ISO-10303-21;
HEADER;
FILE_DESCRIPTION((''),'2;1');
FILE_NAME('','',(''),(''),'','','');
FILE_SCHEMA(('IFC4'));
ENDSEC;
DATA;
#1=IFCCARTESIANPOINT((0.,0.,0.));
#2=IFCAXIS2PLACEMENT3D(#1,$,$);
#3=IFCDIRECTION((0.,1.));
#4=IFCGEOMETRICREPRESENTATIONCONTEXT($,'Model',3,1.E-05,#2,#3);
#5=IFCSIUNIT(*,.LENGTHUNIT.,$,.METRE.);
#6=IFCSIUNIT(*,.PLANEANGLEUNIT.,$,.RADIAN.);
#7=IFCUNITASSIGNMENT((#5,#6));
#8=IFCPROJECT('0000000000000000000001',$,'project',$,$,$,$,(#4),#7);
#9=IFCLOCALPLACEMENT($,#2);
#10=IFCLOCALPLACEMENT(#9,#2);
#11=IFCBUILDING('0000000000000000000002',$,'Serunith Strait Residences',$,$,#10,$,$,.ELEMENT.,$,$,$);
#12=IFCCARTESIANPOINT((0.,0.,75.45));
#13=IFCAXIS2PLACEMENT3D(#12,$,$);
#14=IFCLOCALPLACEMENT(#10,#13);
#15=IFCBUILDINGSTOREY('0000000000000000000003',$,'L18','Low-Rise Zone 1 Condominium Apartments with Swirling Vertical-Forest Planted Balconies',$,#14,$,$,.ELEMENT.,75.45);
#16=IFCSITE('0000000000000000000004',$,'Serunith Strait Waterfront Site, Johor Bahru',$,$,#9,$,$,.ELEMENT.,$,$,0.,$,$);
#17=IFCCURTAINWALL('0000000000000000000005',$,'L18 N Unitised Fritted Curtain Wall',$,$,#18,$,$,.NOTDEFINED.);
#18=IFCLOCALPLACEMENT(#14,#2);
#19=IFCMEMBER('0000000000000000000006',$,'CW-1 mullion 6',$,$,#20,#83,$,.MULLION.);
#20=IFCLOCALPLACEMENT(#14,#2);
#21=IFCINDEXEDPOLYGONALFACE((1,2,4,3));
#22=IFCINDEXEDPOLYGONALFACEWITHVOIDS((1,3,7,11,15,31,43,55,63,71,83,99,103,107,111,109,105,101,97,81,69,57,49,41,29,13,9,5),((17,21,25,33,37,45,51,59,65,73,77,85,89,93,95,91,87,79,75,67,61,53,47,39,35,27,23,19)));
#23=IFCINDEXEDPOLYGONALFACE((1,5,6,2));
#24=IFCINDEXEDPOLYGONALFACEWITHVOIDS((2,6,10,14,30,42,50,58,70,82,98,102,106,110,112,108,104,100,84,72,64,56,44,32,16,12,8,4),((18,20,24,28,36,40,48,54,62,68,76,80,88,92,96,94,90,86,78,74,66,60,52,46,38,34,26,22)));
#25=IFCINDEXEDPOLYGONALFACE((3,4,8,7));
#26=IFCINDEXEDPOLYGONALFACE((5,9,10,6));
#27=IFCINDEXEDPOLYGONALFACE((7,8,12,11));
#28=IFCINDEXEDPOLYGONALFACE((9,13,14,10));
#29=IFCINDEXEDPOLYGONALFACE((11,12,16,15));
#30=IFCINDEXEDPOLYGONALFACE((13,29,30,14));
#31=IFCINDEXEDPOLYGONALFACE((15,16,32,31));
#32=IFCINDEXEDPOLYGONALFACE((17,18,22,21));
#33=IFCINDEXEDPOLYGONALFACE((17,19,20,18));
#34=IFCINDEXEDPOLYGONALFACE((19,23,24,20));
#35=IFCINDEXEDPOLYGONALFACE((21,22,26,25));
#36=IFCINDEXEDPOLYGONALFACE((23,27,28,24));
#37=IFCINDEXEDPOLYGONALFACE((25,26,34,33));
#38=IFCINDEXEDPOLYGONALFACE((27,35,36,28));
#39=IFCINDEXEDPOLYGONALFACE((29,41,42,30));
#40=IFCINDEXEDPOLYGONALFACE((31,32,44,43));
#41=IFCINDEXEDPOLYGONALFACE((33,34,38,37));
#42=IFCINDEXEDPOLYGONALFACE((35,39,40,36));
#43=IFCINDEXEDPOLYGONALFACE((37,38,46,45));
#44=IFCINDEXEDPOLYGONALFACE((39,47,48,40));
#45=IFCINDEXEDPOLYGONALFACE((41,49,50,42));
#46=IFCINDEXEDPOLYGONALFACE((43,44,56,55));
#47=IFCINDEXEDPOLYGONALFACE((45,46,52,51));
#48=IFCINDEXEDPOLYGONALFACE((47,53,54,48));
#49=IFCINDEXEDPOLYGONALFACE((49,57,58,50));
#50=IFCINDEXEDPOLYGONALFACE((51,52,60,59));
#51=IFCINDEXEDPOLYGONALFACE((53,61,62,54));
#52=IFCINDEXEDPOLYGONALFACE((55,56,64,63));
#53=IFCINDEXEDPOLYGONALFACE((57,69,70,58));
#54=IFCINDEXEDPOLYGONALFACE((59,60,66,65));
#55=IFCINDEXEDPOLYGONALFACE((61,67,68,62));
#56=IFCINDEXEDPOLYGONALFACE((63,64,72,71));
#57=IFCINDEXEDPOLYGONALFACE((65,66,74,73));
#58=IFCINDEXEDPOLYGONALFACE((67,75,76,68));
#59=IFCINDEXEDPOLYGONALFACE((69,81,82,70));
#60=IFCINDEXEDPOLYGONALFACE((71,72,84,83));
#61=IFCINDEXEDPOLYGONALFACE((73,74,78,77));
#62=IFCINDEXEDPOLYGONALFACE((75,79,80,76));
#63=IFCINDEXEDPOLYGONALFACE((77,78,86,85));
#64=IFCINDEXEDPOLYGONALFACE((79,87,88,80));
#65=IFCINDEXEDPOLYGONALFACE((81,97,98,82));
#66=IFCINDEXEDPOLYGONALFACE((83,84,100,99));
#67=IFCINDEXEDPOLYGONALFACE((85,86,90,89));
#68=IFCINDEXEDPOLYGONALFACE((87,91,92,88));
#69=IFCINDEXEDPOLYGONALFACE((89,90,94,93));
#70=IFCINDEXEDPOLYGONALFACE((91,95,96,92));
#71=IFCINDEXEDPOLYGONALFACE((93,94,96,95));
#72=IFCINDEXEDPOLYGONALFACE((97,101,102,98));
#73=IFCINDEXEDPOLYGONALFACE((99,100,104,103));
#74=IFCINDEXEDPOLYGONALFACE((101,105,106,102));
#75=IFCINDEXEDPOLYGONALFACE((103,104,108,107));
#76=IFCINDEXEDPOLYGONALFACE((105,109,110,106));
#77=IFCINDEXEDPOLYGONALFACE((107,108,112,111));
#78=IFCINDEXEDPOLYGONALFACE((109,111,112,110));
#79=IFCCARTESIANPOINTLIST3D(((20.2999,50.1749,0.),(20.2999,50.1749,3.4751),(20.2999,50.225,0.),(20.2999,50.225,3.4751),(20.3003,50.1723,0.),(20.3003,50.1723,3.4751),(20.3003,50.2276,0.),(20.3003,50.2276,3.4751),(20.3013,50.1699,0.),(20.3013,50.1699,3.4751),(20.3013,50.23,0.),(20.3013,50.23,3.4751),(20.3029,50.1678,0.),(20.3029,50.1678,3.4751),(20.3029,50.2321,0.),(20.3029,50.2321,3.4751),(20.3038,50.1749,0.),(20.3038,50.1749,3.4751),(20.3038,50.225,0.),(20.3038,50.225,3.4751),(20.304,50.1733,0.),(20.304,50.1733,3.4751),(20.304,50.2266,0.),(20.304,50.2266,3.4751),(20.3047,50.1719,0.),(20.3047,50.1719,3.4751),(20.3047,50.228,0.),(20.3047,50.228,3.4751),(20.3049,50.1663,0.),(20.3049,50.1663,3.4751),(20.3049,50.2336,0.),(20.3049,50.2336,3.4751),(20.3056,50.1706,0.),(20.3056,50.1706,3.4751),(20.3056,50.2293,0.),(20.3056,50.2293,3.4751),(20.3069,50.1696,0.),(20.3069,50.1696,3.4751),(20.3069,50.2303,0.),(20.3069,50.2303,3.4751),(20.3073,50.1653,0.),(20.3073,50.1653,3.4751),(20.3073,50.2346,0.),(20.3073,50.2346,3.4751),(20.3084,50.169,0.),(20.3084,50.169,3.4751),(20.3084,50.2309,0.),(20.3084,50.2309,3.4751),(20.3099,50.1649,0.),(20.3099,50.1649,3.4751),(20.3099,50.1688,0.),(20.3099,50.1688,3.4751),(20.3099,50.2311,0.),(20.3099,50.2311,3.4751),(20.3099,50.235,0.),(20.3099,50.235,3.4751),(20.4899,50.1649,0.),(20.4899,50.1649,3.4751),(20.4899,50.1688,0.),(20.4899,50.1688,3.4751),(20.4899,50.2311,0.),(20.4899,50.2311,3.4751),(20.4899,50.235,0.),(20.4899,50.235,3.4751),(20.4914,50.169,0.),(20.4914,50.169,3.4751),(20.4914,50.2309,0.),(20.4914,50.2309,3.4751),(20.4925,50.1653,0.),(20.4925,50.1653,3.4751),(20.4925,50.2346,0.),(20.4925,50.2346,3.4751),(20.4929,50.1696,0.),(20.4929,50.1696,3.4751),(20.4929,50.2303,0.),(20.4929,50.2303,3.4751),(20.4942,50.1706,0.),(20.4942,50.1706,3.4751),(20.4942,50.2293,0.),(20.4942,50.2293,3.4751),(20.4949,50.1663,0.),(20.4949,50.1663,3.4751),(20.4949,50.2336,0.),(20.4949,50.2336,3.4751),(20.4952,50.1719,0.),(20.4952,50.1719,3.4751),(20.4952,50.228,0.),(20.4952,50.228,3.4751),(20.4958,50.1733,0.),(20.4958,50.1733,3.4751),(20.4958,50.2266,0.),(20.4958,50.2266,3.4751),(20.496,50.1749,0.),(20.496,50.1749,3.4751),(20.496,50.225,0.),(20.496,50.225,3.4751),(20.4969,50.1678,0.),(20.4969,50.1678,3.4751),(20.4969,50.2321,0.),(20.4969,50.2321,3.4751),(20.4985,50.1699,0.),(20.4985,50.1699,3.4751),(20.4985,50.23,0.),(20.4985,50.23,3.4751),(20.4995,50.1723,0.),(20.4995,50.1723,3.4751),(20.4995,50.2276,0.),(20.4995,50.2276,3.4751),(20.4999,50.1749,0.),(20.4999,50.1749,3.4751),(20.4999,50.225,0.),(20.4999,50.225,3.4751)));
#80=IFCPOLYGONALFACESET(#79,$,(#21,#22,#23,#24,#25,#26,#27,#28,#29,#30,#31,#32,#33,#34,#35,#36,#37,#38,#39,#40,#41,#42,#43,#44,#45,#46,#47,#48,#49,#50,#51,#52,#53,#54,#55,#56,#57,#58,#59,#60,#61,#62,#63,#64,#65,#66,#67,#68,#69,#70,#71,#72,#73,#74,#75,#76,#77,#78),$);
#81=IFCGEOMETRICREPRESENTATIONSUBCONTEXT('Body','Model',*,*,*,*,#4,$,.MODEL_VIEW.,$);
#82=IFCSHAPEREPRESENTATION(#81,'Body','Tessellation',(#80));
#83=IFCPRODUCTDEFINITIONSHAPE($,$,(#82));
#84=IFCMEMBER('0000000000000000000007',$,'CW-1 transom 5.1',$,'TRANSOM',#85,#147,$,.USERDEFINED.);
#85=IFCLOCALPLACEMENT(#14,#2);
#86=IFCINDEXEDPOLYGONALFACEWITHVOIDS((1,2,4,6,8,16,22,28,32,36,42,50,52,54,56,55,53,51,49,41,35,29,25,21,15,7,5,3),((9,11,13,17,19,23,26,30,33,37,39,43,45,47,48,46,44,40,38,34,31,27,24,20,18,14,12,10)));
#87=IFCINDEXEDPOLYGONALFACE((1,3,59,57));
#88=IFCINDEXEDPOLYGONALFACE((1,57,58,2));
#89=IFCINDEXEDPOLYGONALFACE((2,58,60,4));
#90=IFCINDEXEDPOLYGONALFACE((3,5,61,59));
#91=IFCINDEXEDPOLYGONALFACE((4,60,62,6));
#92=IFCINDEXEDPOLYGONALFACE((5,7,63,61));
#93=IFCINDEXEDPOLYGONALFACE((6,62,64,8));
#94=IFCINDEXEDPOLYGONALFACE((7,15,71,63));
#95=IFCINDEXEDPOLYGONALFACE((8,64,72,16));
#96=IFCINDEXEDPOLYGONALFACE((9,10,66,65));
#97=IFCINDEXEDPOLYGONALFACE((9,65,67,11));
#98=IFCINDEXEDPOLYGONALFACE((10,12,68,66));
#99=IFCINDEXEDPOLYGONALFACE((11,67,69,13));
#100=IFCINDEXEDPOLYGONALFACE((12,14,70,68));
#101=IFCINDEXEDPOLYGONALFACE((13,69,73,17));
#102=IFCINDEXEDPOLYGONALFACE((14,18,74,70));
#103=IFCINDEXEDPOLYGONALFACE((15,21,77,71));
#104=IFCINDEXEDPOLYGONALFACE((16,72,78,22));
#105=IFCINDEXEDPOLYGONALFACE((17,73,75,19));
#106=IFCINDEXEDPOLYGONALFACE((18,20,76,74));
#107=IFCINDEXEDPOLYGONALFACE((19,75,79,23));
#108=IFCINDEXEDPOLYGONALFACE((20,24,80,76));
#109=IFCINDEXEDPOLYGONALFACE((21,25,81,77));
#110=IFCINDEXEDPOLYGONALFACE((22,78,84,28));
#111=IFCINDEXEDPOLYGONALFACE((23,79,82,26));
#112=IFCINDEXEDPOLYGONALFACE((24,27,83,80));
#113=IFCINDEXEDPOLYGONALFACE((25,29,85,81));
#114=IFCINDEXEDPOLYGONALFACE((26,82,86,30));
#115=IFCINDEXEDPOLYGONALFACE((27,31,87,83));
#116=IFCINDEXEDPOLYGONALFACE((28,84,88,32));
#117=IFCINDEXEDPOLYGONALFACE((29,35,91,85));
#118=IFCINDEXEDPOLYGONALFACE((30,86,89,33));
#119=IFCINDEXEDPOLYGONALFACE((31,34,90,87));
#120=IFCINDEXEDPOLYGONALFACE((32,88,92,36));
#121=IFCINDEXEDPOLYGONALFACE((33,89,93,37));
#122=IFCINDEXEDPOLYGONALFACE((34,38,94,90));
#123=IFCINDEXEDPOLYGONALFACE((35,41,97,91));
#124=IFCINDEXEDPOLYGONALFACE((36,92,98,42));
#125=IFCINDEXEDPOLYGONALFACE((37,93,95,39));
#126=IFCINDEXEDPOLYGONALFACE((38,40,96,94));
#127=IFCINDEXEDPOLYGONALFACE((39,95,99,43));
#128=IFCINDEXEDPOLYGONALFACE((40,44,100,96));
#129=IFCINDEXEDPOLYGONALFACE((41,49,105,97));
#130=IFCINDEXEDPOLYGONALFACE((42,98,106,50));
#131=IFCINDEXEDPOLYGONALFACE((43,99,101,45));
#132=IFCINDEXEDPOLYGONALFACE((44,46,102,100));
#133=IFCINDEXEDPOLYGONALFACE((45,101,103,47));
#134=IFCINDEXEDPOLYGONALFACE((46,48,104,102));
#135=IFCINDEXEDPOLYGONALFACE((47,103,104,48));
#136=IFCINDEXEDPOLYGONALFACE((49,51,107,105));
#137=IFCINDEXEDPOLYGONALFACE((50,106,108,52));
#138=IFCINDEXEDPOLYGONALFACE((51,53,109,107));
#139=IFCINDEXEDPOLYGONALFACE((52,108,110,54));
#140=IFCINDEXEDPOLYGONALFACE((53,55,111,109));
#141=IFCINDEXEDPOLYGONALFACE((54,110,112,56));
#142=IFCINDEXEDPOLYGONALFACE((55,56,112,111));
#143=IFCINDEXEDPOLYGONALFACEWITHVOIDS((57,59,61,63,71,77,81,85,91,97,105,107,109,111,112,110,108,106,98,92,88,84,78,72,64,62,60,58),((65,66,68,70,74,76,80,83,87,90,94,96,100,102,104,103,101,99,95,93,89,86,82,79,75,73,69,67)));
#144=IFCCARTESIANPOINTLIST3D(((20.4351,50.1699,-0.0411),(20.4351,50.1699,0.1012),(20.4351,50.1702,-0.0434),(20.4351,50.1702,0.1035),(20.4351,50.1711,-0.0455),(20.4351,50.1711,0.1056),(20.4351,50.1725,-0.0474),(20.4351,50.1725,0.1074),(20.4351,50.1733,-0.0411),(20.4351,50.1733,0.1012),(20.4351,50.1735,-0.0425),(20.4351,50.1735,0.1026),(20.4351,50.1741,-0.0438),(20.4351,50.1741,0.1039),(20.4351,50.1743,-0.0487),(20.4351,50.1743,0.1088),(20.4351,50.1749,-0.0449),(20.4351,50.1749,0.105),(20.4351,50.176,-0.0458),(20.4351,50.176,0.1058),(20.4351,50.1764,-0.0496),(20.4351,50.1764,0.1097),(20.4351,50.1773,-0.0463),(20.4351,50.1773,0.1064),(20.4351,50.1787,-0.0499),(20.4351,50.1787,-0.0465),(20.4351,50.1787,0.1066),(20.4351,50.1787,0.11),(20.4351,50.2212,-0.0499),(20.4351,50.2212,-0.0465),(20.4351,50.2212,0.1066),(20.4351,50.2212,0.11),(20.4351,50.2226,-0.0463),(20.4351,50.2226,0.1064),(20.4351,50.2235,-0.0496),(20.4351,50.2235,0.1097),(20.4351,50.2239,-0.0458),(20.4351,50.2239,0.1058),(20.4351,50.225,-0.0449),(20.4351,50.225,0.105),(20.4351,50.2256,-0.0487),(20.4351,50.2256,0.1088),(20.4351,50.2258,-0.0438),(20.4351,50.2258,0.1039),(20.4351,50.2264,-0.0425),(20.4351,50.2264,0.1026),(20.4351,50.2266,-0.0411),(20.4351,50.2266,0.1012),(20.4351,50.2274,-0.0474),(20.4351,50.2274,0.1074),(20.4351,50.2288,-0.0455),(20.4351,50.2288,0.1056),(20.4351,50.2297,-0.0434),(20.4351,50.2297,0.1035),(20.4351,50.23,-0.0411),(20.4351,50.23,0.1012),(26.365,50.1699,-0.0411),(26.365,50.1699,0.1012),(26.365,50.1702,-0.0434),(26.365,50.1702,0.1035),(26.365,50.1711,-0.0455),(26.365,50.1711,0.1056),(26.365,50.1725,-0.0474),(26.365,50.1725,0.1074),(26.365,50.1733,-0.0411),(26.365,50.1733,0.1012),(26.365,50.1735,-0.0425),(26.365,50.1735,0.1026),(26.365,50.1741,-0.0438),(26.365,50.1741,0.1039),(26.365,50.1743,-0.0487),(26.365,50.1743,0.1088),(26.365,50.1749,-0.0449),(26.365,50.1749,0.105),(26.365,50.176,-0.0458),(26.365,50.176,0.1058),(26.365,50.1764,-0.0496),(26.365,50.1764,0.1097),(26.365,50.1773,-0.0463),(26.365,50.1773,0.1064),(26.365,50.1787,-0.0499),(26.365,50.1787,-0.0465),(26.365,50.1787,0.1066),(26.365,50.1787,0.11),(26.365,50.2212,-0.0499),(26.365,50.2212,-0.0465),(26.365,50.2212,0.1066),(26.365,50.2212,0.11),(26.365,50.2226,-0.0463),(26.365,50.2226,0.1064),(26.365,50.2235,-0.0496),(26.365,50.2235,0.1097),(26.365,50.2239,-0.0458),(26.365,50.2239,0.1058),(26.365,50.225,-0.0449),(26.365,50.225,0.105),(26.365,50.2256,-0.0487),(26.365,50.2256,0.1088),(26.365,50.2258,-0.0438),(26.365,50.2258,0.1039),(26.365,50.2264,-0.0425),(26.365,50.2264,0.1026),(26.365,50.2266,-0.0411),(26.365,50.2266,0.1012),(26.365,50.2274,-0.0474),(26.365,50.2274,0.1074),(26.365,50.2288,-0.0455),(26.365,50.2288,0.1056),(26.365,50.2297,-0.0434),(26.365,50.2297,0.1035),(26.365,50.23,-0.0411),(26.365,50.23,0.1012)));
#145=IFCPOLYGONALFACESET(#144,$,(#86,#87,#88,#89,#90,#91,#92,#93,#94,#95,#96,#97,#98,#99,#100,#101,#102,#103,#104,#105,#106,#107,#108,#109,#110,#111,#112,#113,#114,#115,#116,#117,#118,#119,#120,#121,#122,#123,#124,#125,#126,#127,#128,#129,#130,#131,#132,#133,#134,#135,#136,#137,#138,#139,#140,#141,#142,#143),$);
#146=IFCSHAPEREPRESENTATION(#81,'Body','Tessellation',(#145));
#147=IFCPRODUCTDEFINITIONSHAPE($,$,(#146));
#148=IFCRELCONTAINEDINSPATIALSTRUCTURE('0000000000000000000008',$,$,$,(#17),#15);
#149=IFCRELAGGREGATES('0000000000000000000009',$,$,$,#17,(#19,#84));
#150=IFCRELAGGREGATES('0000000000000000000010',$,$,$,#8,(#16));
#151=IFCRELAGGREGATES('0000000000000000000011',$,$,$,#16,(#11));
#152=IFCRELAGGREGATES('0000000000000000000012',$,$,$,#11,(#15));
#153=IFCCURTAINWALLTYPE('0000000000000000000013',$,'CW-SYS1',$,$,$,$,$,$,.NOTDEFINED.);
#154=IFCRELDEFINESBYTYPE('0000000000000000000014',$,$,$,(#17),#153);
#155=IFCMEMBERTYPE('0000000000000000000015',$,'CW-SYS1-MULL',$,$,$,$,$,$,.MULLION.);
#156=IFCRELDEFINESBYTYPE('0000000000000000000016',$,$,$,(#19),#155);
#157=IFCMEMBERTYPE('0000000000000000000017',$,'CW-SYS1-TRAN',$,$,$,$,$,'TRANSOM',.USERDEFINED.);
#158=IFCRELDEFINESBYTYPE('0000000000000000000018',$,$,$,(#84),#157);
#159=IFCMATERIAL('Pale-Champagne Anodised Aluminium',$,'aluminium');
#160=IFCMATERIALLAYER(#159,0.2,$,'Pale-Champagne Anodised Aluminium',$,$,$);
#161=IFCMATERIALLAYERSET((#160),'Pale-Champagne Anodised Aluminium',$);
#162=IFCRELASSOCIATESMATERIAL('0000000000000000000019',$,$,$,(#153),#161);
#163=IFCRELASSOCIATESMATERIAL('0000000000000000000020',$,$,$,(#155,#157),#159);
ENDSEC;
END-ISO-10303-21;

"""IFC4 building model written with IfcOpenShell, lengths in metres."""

from ifc_helpers import new_model, si_unit, direction, frame, origin, origin_2d, place, context, subcontext, project, spatial, hollow_rectangle, extrude, source, transform, mapped, material, layer, layer_set, material_profile, profile_set, type_object, element, aggregate, save


model = new_model("IFC4")

# Units and contexts
model_context = context("Model", 3, precision=1e-05, world=origin(), true_north=direction((0.0, 1.0)))
body_context = subcontext(model_context, "Body", "Model", "MODEL_VIEW")
ifc_project = project(units=[si_unit("LENGTHUNIT", "METRE"), si_unit("PLANEANGLEUNIT", "RADIAN")], contexts=[model_context])

# Site, building, storey
site_placement = place(None, origin())
site = spatial("IfcSite", under=ifc_project, at=site_placement, Name="Serunith Strait Waterfront Site, Johor Bahru", CompositionType="ELEMENT", RefElevation=0.0)
building_placement = place(site_placement, origin())
building = spatial("IfcBuilding", under=site, at=building_placement, Name="Serunith Strait Residences", CompositionType="ELEMENT")
storey_placement = place(building_placement, frame((0.0, 0.0, 75.45)))
storey = spatial("IfcBuildingStorey", under=building, at=storey_placement, Name="L18", Description="Low-Rise Zone 1 Condominium Apartments with Swirling Vertical-Forest Planted Balconies", CompositionType="ELEMENT", Elevation=75.45)

# Curtain wall, members
ifc_material_1 = material(Name="Pale-Champagne Anodised Aluminium", Category="aluminium")
ifc_layer_1 = layer(ifc_material_1, 0.2, Name="Pale-Champagne Anodised Aluminium")
ifc_layer_set_1 = layer_set([ifc_layer_1], Name="Pale-Champagne Anodised Aluminium")
curtain_wall_type = type_object("IfcCurtainWallType", Name="CW-SYS1", PredefinedType="NOTDEFINED", material=ifc_layer_set_1)
curtain_wall_placement = place(storey_placement, origin())
curtain_wall = element("IfcCurtainWall", 1, at=curtain_wall_placement, inside=storey, type_object=curtain_wall_type, Name="L18 N Unitised Fritted Curtain Wall", PredefinedType="NOTDEFINED")
ifc_material_profile_1 = material_profile(ifc_material_1, hollow_rectangle(XDim=0.0701, YDim=0.2, WallThickness=0.0039, InnerFilletRadius=0.0061, OuterFilletRadius=0.01, at=origin_2d()), Name="ALU 200x70x4")
ifc_profile_set_1 = profile_set([ifc_material_profile_1], Name="Pale-Champagne Anodised Aluminium")
member_type_1 = type_object("IfcMemberType", Name="CW-SYS1-MULL", PredefinedType="MULLION", material=ifc_profile_set_1)
shared_shape_1 = source(origin(), body_context, "Body", "SweptSolid", [
    extrude(hollow_rectangle(XDim=0.0701, YDim=0.2, WallThickness=0.0039, InnerFilletRadius=0.0061, OuterFilletRadius=0.01, at=origin_2d()), origin(), (0.0, 0.0, 1.0), 3.4751),
])
member_1_placement = place(storey_placement, frame((20.3999, 50.2, 0.0), z_axis=(0.0, 0.0, 1.0), x_axis=(0.0, -1.0, 0.0)))
member_1 = element("IfcMember", 2, at=member_1_placement, type_object=member_type_1, Name="CW-1 mullion 6", PredefinedType="MULLION", context=body_context, shape_type="MappedRepresentation", body=[
    mapped(shared_shape_1, transform((0.0, 0.0, 0.0), scale=1.0)),
])
ifc_material_profile_2 = material_profile(ifc_material_1, hollow_rectangle(XDim=0.0601, YDim=0.1599, WallThickness=0.0034, InnerFilletRadius=0.0054, OuterFilletRadius=0.0088, at=origin_2d()), Name="ALU 160x60x3.5")
ifc_profile_set_2 = profile_set([ifc_material_profile_2], Name="Pale-Champagne Anodised Aluminium")
member_type_2 = type_object("IfcMemberType", Name="CW-SYS1-TRAN", ElementType="TRANSOM", PredefinedType="USERDEFINED", material=ifc_profile_set_2)
shared_shape_2 = source(origin(), body_context, "Body", "SweptSolid", [
    extrude(hollow_rectangle(XDim=0.0601, YDim=0.1599, WallThickness=0.0034, InnerFilletRadius=0.0054, OuterFilletRadius=0.0088, at=origin_2d()), origin(), (0.0, 0.0, 1.0), 5.9299),
])
member_2_placement = place(storey_placement, frame((26.365, 50.2, 0.03), z_axis=(-1.0, 0.0, 0.0), x_axis=(0.0, -1.0, 0.0)))
member_2 = element("IfcMember", 3, at=member_2_placement, type_object=member_type_2, Name="CW-1 transom 5.1", ObjectType="TRANSOM", PredefinedType="USERDEFINED", context=body_context, shape_type="MappedRepresentation", body=[
    mapped(shared_shape_2, transform((0.0, 0.0, 0.0), scale=1.0)),
])
aggregate(curtain_wall, [member_1, member_2])

save(model, "model.ifc")
